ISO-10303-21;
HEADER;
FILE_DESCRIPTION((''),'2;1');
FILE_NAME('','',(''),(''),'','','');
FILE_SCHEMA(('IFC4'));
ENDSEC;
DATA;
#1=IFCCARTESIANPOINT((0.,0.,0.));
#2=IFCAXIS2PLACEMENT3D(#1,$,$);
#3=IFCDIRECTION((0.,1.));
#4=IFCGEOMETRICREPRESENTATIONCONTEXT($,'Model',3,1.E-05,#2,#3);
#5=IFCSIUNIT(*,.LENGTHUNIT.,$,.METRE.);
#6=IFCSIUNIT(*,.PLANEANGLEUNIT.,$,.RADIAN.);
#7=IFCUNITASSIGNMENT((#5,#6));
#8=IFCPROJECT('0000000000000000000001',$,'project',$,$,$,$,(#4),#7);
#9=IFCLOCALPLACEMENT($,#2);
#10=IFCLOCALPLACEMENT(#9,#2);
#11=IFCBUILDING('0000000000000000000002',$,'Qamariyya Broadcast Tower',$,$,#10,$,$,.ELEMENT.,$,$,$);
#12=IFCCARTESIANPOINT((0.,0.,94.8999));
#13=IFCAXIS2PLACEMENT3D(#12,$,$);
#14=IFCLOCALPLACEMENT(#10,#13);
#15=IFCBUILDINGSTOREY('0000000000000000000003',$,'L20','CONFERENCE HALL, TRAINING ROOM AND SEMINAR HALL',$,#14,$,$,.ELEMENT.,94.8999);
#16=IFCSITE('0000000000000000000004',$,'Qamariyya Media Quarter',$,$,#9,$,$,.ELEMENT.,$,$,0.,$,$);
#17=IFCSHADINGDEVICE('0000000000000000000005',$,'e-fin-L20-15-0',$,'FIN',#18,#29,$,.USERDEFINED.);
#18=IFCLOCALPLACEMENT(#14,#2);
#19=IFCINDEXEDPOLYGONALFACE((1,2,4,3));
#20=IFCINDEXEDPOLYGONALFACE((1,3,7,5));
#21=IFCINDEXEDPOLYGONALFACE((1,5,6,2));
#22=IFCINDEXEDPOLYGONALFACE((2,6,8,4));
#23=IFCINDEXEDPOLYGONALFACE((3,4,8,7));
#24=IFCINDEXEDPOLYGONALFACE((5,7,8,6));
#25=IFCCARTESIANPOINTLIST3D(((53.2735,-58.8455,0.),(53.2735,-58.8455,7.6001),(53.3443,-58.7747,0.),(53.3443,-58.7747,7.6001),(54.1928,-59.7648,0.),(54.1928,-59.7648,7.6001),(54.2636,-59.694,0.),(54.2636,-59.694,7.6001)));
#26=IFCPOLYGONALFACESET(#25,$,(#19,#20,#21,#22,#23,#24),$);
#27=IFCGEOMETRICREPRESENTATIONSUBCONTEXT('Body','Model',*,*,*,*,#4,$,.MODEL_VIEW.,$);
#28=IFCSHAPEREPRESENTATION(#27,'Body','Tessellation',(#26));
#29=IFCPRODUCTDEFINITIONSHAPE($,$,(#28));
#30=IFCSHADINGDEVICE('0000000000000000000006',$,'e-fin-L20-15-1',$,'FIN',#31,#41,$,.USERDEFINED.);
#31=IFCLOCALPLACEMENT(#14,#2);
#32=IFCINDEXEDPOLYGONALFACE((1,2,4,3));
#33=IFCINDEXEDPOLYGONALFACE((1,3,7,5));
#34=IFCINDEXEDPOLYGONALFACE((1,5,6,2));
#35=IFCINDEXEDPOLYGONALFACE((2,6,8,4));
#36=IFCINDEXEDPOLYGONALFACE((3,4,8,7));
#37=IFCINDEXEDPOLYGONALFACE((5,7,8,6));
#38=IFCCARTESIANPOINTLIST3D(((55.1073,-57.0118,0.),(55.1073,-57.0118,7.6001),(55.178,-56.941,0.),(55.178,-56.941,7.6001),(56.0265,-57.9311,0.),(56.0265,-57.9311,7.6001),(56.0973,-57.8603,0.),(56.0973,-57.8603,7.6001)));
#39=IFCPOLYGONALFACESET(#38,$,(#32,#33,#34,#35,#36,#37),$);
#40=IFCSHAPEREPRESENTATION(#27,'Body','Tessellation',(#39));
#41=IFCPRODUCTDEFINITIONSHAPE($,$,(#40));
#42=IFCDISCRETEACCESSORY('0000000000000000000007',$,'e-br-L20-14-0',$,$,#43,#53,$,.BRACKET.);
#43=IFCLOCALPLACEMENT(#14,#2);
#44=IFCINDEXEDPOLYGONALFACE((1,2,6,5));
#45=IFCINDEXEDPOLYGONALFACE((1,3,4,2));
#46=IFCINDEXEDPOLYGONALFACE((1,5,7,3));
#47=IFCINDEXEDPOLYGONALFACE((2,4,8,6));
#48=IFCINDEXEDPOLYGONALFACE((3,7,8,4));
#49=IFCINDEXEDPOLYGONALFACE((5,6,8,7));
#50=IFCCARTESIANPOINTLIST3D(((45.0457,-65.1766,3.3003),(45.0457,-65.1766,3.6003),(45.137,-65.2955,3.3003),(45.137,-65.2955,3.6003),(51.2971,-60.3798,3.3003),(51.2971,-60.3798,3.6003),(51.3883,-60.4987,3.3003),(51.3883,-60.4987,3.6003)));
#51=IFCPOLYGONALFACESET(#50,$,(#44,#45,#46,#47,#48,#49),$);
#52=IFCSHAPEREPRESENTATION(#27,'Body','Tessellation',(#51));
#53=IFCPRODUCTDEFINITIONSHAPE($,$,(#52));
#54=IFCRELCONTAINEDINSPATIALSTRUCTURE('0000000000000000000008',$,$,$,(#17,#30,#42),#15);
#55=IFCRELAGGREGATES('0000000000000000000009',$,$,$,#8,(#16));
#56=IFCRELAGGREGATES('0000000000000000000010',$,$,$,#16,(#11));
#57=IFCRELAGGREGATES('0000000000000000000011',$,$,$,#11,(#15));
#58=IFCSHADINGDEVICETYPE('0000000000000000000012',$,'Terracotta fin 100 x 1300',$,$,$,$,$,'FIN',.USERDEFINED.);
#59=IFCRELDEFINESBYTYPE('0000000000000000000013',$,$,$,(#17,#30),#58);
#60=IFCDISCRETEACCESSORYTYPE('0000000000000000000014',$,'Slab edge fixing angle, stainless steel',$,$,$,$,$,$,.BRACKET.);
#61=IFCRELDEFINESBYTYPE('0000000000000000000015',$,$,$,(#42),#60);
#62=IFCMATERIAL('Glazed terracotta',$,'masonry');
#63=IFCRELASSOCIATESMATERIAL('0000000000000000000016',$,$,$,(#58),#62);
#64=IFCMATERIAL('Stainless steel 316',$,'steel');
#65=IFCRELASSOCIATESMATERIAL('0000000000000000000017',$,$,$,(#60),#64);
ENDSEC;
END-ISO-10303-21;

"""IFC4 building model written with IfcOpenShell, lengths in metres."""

from ifc_helpers import new_model, si_unit, direction, frame, origin, origin_2d, place, context, subcontext, project, spatial, rectangle, extrude, material, material_profile, profile_set, type_object, element, save


model = new_model("IFC4")

# Units and contexts
model_context = context("Model", 3, precision=1e-05, world=origin(), true_north=direction((0.0, 1.0)))
body_context = subcontext(model_context, "Body", "Model", "MODEL_VIEW")
ifc_project = project(units=[si_unit("LENGTHUNIT", "METRE"), si_unit("PLANEANGLEUNIT", "RADIAN")], contexts=[model_context])

# Site, building, storey
site_placement = place(None, origin())
site = spatial("IfcSite", under=ifc_project, at=site_placement, Name="Qamariyya Media Quarter", CompositionType="ELEMENT", RefElevation=0.0)
building_placement = place(site_placement, origin())
building = spatial("IfcBuilding", under=site, at=building_placement, Name="Qamariyya Broadcast Tower", CompositionType="ELEMENT")
storey_placement = place(building_placement, frame((0.0, 0.0, 94.8999)))
storey = spatial("IfcBuildingStorey", under=building, at=storey_placement, Name="L20", Description="CONFERENCE HALL, TRAINING ROOM AND SEMINAR HALL", CompositionType="ELEMENT", Elevation=94.8999)

# Shading devices
ifc_material_1 = material(Name="Glazed terracotta", Category="masonry")
ifc_material_profile_1 = material_profile(ifc_material_1, rectangle(XDim=1.3, YDim=0.1001, at=origin_2d()))
ifc_profile_set_1 = profile_set([ifc_material_profile_1], Name="Glazed terracotta")
shading_device_type_1 = type_object("IfcShadingDeviceType", Name="Terracotta fin 100 x 1300", ElementType="FIN", PredefinedType="USERDEFINED", material=ifc_profile_set_1)
for number, where, z_axis, x_axis, name in (
    (1, (53.7686, -59.2698, 0.0), (0.0, 0.0, 1.0), (0.707107, -0.707107, 0.0), "e-fin-L20-15-0"),
    (2, (55.6023, -57.436, 0.0), (0.0, 0.0, 1.0), (0.707107, -0.707107, 0.0), "e-fin-L20-15-1"),
):
    element("IfcShadingDevice", number, at=place(storey_placement, frame(where, z_axis=z_axis, x_axis=x_axis)), inside=storey, type_object=shading_device_type_1, Name=name, ObjectType="FIN", PredefinedType="USERDEFINED", context=body_context, shape_type="SweptSolid", body=[
        extrude(rectangle(XDim=1.3, YDim=0.1001, at=origin_2d()), origin(), (0.0, 0.0, 1.0), 7.6001),
    ])

# Discrete accessory
ifc_material_2 = material(Name="Stainless steel 316", Category="steel")
discrete_accessory_type = type_object("IfcDiscreteAccessoryType", Name="Slab edge fixing angle, stainless steel", PredefinedType="BRACKET", material=ifc_material_2)
discrete_accessory_placement = place(storey_placement, frame((48.217, -62.8376, 3.3003), z_axis=(0.0, 0.0, 1.0), x_axis=(0.793353, 0.608761, 0.0)))
element("IfcDiscreteAccessory", 3, at=discrete_accessory_placement, inside=storey, type_object=discrete_accessory_type, Name="e-br-L20-14-0", PredefinedType="BRACKET", context=body_context, shape_type="SweptSolid", body=[
    extrude(rectangle(XDim=7.8796, YDim=0.1499, at=origin_2d()), origin(), (0.0, 0.0, 1.0), 0.3),
])

save(model, "model.ifc")
